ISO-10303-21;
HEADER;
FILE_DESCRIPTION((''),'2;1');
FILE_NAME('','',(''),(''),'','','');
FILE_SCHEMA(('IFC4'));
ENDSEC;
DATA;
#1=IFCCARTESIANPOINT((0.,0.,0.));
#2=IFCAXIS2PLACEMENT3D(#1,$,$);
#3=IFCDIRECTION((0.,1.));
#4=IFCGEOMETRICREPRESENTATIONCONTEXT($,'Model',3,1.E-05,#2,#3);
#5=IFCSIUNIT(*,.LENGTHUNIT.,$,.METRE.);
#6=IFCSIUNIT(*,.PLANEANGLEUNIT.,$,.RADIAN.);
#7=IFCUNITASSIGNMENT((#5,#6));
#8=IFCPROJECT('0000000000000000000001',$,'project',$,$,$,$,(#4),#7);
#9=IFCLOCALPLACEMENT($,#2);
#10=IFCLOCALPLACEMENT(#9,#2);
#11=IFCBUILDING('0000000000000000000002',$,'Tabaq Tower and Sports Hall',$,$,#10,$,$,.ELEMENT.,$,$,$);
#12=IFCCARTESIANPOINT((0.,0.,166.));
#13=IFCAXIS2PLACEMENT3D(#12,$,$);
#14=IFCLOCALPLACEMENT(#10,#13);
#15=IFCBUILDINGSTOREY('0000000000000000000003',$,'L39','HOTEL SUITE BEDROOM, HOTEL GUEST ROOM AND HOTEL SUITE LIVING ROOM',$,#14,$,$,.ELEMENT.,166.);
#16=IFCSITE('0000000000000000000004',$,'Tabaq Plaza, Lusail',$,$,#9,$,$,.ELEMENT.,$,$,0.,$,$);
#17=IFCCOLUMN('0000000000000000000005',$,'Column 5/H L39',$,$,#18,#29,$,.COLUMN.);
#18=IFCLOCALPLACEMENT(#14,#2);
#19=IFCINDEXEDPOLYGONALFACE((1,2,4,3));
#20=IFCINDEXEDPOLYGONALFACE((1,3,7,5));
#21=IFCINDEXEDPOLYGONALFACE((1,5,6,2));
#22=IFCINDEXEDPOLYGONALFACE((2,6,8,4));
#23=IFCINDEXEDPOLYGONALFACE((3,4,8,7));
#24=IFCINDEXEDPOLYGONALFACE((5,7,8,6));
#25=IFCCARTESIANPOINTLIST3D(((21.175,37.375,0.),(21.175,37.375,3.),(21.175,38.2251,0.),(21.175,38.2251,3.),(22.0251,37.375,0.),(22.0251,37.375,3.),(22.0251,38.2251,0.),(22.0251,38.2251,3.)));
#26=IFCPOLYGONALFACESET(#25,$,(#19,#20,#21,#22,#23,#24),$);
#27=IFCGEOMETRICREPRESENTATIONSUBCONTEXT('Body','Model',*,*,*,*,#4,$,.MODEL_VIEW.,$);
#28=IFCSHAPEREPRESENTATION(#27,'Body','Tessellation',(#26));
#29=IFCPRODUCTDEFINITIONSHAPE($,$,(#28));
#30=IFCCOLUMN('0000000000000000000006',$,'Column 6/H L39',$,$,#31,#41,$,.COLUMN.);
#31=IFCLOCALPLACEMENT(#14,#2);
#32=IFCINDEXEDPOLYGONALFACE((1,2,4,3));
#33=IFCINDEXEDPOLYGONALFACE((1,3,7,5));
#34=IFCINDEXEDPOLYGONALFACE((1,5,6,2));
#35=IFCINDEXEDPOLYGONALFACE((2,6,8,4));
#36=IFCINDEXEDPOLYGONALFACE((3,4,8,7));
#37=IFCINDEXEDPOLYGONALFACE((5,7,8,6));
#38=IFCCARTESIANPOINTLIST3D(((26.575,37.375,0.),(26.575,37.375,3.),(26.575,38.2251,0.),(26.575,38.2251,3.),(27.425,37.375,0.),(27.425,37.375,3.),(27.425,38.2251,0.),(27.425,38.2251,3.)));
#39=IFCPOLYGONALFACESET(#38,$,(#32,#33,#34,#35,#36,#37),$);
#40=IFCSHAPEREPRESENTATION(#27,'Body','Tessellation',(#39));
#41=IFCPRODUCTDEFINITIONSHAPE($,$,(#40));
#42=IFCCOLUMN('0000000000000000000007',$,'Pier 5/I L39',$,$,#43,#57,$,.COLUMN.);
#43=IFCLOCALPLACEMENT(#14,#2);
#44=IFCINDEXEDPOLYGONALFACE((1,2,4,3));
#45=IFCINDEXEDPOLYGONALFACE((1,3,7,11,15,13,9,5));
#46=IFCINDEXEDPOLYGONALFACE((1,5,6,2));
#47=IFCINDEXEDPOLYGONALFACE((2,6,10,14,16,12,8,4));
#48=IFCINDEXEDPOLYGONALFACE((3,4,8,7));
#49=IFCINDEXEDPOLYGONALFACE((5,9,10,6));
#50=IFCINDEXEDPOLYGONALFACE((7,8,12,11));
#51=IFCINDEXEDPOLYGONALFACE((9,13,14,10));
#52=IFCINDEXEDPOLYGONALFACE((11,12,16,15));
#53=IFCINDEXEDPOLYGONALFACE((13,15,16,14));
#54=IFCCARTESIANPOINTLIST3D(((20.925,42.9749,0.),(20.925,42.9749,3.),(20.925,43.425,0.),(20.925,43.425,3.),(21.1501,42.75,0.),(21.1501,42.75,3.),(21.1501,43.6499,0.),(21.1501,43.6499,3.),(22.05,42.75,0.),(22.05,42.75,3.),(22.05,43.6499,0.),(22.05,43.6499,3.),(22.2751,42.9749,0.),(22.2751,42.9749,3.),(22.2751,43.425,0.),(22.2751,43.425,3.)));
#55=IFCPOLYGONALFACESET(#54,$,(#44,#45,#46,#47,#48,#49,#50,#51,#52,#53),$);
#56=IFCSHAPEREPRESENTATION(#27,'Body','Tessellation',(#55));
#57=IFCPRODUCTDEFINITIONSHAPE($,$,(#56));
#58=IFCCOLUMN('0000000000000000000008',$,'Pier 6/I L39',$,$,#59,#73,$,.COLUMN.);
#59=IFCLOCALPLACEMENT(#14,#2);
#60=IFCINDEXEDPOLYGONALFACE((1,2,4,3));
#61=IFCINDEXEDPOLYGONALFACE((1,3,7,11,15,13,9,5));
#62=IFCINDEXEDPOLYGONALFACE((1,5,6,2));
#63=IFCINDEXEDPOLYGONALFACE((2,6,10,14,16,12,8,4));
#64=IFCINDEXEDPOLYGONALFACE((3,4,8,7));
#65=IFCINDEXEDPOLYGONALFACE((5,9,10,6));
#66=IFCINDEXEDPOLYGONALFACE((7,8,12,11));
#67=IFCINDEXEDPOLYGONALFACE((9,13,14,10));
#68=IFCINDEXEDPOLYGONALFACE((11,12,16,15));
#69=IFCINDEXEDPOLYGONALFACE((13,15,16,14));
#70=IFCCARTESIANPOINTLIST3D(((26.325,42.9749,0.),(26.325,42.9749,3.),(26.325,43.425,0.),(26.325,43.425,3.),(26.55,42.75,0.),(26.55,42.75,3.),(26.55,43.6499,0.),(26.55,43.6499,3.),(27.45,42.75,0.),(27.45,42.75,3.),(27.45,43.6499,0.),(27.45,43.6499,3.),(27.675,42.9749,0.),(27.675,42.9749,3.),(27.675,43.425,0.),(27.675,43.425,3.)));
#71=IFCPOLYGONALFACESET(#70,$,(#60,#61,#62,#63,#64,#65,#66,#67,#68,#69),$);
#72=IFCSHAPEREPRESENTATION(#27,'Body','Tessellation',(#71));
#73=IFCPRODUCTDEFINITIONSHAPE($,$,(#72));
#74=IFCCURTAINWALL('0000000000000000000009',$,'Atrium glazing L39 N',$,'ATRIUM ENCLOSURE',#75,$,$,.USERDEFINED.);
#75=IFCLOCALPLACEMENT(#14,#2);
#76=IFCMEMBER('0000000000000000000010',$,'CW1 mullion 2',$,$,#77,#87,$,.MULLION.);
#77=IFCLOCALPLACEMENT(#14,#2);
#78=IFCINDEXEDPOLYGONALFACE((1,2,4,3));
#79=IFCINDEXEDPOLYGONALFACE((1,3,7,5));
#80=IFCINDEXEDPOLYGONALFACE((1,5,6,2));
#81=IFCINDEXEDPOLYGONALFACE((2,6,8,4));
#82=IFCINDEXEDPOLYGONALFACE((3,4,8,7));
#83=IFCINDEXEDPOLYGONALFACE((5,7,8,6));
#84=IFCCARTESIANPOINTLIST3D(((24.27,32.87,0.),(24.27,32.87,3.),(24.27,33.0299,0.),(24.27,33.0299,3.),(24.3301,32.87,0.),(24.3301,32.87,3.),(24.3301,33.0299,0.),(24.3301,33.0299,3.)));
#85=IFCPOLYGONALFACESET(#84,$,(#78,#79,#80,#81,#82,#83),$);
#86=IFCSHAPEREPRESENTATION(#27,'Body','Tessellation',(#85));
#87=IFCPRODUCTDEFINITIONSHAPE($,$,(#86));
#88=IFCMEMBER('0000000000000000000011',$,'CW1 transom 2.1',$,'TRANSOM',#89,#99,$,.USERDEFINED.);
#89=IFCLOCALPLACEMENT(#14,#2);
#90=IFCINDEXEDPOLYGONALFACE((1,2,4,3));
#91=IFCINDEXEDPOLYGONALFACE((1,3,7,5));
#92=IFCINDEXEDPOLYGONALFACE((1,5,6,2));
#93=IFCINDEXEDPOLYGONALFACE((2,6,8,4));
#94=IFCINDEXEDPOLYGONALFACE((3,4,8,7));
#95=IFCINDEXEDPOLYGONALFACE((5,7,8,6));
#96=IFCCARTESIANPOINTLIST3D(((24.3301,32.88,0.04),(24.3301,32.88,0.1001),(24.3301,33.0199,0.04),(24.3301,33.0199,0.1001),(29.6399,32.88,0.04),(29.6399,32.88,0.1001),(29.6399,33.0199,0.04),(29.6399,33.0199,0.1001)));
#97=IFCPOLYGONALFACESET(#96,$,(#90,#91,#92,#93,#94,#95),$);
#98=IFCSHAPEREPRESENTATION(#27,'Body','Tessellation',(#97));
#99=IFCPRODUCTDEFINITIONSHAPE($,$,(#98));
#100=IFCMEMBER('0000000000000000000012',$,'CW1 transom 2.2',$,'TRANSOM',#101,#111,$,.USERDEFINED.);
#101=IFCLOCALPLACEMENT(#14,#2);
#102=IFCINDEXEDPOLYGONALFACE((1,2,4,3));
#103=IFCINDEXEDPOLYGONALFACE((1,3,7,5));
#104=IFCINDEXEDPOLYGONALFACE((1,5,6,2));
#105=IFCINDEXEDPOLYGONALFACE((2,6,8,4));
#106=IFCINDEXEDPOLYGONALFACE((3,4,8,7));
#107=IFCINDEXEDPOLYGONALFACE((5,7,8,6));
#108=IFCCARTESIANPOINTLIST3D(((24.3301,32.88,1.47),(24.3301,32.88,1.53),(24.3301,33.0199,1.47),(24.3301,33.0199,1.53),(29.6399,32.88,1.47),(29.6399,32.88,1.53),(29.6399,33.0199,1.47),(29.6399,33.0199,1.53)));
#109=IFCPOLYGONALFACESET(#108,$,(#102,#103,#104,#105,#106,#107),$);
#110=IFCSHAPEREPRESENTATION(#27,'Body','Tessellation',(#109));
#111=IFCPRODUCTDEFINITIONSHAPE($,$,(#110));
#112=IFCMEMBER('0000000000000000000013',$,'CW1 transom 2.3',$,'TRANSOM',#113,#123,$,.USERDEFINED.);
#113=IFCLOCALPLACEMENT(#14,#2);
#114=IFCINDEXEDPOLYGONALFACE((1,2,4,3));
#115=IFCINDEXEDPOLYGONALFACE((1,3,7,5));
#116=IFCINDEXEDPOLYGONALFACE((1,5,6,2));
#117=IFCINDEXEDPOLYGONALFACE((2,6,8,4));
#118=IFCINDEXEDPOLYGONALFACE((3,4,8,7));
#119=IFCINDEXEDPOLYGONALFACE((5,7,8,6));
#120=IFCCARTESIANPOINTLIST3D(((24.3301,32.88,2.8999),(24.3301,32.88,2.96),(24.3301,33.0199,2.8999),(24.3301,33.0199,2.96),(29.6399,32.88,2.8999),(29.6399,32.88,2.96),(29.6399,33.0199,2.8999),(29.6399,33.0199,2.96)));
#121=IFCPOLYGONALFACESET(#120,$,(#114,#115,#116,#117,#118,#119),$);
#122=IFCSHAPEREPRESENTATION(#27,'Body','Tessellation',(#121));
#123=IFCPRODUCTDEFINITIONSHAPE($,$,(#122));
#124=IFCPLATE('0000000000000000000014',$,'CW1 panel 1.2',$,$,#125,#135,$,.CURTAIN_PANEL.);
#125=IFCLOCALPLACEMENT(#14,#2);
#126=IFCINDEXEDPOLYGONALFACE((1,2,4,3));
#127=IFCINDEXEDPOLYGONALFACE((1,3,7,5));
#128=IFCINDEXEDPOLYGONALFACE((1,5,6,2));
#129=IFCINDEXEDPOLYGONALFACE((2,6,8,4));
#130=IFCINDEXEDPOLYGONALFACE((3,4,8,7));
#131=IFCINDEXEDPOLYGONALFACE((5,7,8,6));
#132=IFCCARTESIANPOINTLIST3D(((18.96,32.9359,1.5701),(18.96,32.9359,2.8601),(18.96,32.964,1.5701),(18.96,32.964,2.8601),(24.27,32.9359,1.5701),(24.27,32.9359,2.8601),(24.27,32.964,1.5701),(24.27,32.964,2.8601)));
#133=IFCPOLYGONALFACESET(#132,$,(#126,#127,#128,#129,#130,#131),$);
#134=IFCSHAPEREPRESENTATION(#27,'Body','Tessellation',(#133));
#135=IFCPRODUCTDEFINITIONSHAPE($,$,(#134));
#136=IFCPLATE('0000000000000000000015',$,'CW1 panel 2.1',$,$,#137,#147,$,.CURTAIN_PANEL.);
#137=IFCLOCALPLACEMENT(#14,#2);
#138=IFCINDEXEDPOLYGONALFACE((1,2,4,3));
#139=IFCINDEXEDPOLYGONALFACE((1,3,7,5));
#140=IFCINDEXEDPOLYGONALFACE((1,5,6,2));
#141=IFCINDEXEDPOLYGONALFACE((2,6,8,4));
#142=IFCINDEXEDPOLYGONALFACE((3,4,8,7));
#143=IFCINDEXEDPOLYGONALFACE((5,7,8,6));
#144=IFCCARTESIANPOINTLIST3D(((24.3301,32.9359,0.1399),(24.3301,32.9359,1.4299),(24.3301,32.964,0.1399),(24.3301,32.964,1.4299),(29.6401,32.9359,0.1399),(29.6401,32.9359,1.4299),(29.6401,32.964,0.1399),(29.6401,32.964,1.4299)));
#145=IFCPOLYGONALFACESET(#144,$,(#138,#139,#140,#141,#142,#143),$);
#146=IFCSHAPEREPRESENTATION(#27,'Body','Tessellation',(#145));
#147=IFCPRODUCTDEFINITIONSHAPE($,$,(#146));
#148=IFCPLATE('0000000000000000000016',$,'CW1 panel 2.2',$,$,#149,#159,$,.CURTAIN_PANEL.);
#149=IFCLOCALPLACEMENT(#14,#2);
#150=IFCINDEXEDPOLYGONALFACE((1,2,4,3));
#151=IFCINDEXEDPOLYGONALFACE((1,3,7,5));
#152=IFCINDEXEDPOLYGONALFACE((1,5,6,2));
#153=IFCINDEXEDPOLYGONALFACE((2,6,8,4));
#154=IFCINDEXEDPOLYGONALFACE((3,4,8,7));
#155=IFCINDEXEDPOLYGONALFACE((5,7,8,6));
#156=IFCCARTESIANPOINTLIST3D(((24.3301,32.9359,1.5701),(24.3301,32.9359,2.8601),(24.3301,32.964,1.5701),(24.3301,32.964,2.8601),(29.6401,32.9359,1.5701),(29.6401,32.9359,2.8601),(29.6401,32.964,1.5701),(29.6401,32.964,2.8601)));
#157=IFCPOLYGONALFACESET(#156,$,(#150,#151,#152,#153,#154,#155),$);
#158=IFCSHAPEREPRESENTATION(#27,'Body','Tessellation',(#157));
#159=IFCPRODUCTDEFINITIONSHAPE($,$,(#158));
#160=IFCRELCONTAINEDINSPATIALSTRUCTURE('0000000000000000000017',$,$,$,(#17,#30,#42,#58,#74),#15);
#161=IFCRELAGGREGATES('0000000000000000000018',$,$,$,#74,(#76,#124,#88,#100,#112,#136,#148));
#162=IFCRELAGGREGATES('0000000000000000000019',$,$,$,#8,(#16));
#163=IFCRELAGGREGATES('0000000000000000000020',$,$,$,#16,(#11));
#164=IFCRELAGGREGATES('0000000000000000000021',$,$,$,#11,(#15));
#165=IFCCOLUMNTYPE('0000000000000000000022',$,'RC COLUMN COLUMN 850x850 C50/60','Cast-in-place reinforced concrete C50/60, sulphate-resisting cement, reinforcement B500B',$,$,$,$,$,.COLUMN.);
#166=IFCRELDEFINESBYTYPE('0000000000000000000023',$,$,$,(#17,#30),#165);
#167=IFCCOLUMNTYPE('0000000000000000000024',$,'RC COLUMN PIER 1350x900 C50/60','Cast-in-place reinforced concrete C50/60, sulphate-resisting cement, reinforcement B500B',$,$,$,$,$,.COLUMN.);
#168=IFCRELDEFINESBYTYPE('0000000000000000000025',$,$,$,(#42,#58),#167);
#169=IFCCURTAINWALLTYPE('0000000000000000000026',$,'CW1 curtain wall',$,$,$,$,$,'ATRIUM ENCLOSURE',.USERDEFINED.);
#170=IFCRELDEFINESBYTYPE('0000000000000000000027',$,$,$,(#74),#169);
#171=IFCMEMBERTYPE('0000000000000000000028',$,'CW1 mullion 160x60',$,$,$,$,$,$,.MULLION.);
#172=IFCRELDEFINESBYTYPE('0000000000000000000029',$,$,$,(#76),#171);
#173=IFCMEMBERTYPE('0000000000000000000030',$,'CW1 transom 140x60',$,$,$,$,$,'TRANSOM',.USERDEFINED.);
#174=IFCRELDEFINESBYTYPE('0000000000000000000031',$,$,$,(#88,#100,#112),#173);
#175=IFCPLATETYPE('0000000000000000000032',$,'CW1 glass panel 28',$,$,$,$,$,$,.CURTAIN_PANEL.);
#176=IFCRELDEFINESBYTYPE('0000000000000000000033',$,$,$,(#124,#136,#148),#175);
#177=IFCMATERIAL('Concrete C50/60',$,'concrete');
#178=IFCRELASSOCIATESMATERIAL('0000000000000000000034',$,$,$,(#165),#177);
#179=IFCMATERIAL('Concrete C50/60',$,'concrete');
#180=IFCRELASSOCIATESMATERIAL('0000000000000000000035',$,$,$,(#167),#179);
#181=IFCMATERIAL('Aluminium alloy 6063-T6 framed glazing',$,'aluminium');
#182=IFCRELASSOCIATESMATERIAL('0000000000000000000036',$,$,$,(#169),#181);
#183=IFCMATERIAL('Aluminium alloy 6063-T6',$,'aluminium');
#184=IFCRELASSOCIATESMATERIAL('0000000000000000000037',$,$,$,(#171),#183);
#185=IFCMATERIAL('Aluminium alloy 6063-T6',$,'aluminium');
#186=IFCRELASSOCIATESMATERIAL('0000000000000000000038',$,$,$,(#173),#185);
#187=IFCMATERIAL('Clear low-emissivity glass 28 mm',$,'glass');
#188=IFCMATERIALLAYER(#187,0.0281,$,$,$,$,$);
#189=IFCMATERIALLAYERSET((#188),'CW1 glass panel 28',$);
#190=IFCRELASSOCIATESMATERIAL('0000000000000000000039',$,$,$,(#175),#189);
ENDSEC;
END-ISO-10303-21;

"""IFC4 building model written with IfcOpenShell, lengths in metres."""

from ifc_helpers import new_model, si_unit, direction, frame, origin, origin_2d, place, context, subcontext, project, spatial, polyline, rectangle, outline, extrude, material, layer, layer_set, material_profile, profile_set, type_object, element, aggregate, save


model = new_model("IFC4")

# Units and contexts
model_context = context("Model", 3, precision=1e-05, world=origin(), true_north=direction((0.0, 1.0)))
body_context = subcontext(model_context, "Body", "Model", "MODEL_VIEW")
ifc_project = project(units=[si_unit("LENGTHUNIT", "METRE"), si_unit("PLANEANGLEUNIT", "RADIAN")], contexts=[model_context])

# Site, building, storey
site_placement = place(None, origin())
site = spatial("IfcSite", under=ifc_project, at=site_placement, Name="Tabaq Plaza, Lusail", CompositionType="ELEMENT", RefElevation=0.0)
building_placement = place(site_placement, origin())
building = spatial("IfcBuilding", under=site, at=building_placement, Name="Tabaq Tower and Sports Hall", CompositionType="ELEMENT")
storey_placement = place(building_placement, frame((0.0, 0.0, 166.0)))
storey = spatial("IfcBuildingStorey", under=building, at=storey_placement, Name="L39", Description="HOTEL SUITE BEDROOM, HOTEL GUEST ROOM AND HOTEL SUITE LIVING ROOM", CompositionType="ELEMENT", Elevation=166.0)

# Columns
ifc_material_1 = material(Name="Concrete C50/60", Category="concrete")
ifc_material_profile_1 = material_profile(ifc_material_1, rectangle(XDim=0.8501, YDim=0.8501, at=origin_2d()), Name="COLUMN 850x850")
ifc_profile_set_1 = profile_set([ifc_material_profile_1], Name="Concrete C50/60")
column_type_1 = type_object("IfcColumnType", Name="RC COLUMN COLUMN 850x850 C50/60", Description="Cast-in-place reinforced concrete C50/60, sulphate-resisting cement, reinforcement B500B", PredefinedType="COLUMN", material=ifc_profile_set_1)
for number, where, z_axis, x_axis, name in (
    (1, (21.6001, 37.8, 0.0), (0.0, 0.0, 1.0), (1.0, 0.0, 0.0), "Column 5/H L39"),
    (2, (27.0, 37.8, 0.0), (0.0, 0.0, 1.0), (1.0, 0.0, 0.0), "Column 6/H L39"),
):
    element("IfcColumn", number, at=place(storey_placement, frame(where, z_axis=z_axis, x_axis=x_axis)), inside=storey, type_object=column_type_1, Name=name, PredefinedType="COLUMN", context=body_context, shape_type="SweptSolid", body=[
        extrude(rectangle(XDim=0.8501, YDim=0.8501, at=origin_2d()), origin(), (0.0, 0.0, 1.0), 3.0),
    ])
ifc_material_2 = material(Name="Concrete C50/60", Category="concrete")
ifc_material_profile_2 = material_profile(ifc_material_2, outline(polyline([(-0.45, -0.45), (0.45, -0.45), (0.675, -0.2251), (0.675, 0.2251), (0.45, 0.45), (-0.45, 0.45), (-0.675, 0.2251), (-0.675, -0.2251), (-0.45, -0.45)])), Name="PIER 1350x900")
ifc_profile_set_2 = profile_set([ifc_material_profile_2], Name="Concrete C50/60")
column_type_2 = type_object("IfcColumnType", Name="RC COLUMN PIER 1350x900 C50/60", Description="Cast-in-place reinforced concrete C50/60, sulphate-resisting cement, reinforcement B500B", PredefinedType="COLUMN", material=ifc_profile_set_2)
for number, where, z_axis, x_axis, name in (
    (3, (21.6001, 43.2, 0.0), (0.0, 0.0, 1.0), (1.0, 0.0, 0.0), "Pier 5/I L39"),
    (4, (27.0, 43.2, 0.0), (0.0, 0.0, 1.0), (1.0, 0.0, 0.0), "Pier 6/I L39"),
):
    element("IfcColumn", number, at=place(storey_placement, frame(where, z_axis=z_axis, x_axis=x_axis)), inside=storey, type_object=column_type_2, Name=name, PredefinedType="COLUMN", context=body_context, shape_type="SweptSolid", body=[
        extrude(outline(polyline([(-0.45, -0.45), (0.45, -0.45), (0.675, -0.2251), (0.675, 0.2251), (0.45, 0.45), (-0.45, 0.45), (-0.675, 0.2251), (-0.675, -0.2251), (-0.45, -0.45)])), origin(), (0.0, 0.0, 1.0), 3.0),
    ])

# Curtain wall, members, plates
ifc_material_3 = material(Name="Aluminium alloy 6063-T6 framed glazing", Category="aluminium")
curtain_wall_type = type_object("IfcCurtainWallType", Name="CW1 curtain wall", ElementType="ATRIUM ENCLOSURE", PredefinedType="USERDEFINED", material=ifc_material_3)
curtain_wall_placement = place(storey_placement, origin())
curtain_wall = element("IfcCurtainWall", 5, at=curtain_wall_placement, inside=storey, type_object=curtain_wall_type, Name="Atrium glazing L39 N", ObjectType="ATRIUM ENCLOSURE", PredefinedType="USERDEFINED")
ifc_material_4 = material(Name="Aluminium alloy 6063-T6", Category="aluminium")
ifc_material_profile_3 = material_profile(ifc_material_4, rectangle(XDim=0.1599, YDim=0.0601, at=origin_2d()), Name="MULLION 160x60")
ifc_profile_set_3 = profile_set([ifc_material_profile_3], Name="Aluminium alloy 6063-T6")
member_type_1 = type_object("IfcMemberType", Name="CW1 mullion 160x60", PredefinedType="MULLION", material=ifc_profile_set_3)
member_1_placement = place(storey_placement, frame((24.3, 32.95, 0.0), z_axis=(0.0, 0.0, 1.0), x_axis=(0.0, 1.0, 0.0)))
member_1 = element("IfcMember", 6, at=member_1_placement, type_object=member_type_1, Name="CW1 mullion 2", PredefinedType="MULLION", context=body_context, shape_type="SweptSolid", body=[
    extrude(rectangle(XDim=0.1599, YDim=0.0601, at=origin_2d()), origin(), (0.0, 0.0, 1.0), 3.0),
])
ifc_material_5 = material(Name="Aluminium alloy 6063-T6", Category="aluminium")
ifc_material_profile_4 = material_profile(ifc_material_5, rectangle(XDim=0.1399, YDim=0.0601, at=origin_2d()), Name="TRANSOM 140x60")
ifc_profile_set_4 = profile_set([ifc_material_profile_4], Name="Aluminium alloy 6063-T6")
member_type_2 = type_object("IfcMemberType", Name="CW1 transom 140x60", ElementType="TRANSOM", PredefinedType="USERDEFINED", material=ifc_profile_set_4)
member_2_placement = place(storey_placement, frame((24.3301, 32.95, 0.0701), z_axis=(1.0, 0.0, 0.0), x_axis=(0.0, 1.0, 0.0)))
member_2 = element("IfcMember", 7, at=member_2_placement, type_object=member_type_2, Name="CW1 transom 2.1", ObjectType="TRANSOM", PredefinedType="USERDEFINED", context=body_context, shape_type="SweptSolid", body=[
    extrude(rectangle(XDim=0.1399, YDim=0.0601, at=origin_2d()), origin(), (0.0, 0.0, 1.0), 5.3098),
])
member_3_placement = place(storey_placement, frame((24.3301, 32.95, 1.5), z_axis=(1.0, 0.0, 0.0), x_axis=(0.0, 1.0, 0.0)))
member_3 = element("IfcMember", 8, at=member_3_placement, type_object=member_type_2, Name="CW1 transom 2.2", ObjectType="TRANSOM", PredefinedType="USERDEFINED", context=body_context, shape_type="SweptSolid", body=[
    extrude(rectangle(XDim=0.1399, YDim=0.0601, at=origin_2d()), origin(), (0.0, 0.0, 1.0), 5.3098),
])
member_4_placement = place(storey_placement, frame((24.3301, 32.95, 2.9299), z_axis=(1.0, 0.0, 0.0), x_axis=(0.0, 1.0, 0.0)))
member_4 = element("IfcMember", 9, at=member_4_placement, type_object=member_type_2, Name="CW1 transom 2.3", ObjectType="TRANSOM", PredefinedType="USERDEFINED", context=body_context, shape_type="SweptSolid", body=[
    extrude(rectangle(XDim=0.1399, YDim=0.0601, at=origin_2d()), origin(), (0.0, 0.0, 1.0), 5.3098),
])
ifc_material_6 = material(Name="Clear low-emissivity glass 28 mm", Category="glass")
ifc_layer_1 = layer(ifc_material_6, 0.0281)
ifc_layer_set_1 = layer_set([ifc_layer_1], Name="CW1 glass panel 28")
plate_type = type_object("IfcPlateType", Name="CW1 glass panel 28", PredefinedType="CURTAIN_PANEL", material=ifc_layer_set_1)
plate_1_placement = place(storey_placement, frame((21.615, 32.95, 1.5701), z_axis=(0.0, 0.0, 1.0), x_axis=(1.0, 0.0, 0.0)))
plate_1 = element("IfcPlate", 10, at=plate_1_placement, type_object=plate_type, Name="CW1 panel 1.2", PredefinedType="CURTAIN_PANEL", context=body_context, shape_type="SweptSolid", body=[
    extrude(rectangle(XDim=5.3101, YDim=0.0281, at=origin_2d()), origin(), (0.0, 0.0, 1.0), 1.29),
])
plate_2_placement = place(storey_placement, frame((26.9851, 32.95, 0.1399), z_axis=(0.0, 0.0, 1.0), x_axis=(1.0, 0.0, 0.0)))
plate_2 = element("IfcPlate", 11, at=plate_2_placement, type_object=plate_type, Name="CW1 panel 2.1", PredefinedType="CURTAIN_PANEL", context=body_context, shape_type="SweptSolid", body=[
    extrude(rectangle(XDim=5.3101, YDim=0.0281, at=origin_2d()), origin(), (0.0, 0.0, 1.0), 1.29),
])
plate_3_placement = place(storey_placement, frame((26.9851, 32.95, 1.5701), z_axis=(0.0, 0.0, 1.0), x_axis=(1.0, 0.0, 0.0)))
plate_3 = element("IfcPlate", 12, at=plate_3_placement, type_object=plate_type, Name="CW1 panel 2.2", PredefinedType="CURTAIN_PANEL", context=body_context, shape_type="SweptSolid", body=[
    extrude(rectangle(XDim=5.3101, YDim=0.0281, at=origin_2d()), origin(), (0.0, 0.0, 1.0), 1.29),
])
aggregate(curtain_wall, [member_1, plate_1, member_2, member_3, member_4, plate_2, plate_3])

save(model, "model.ifc")
